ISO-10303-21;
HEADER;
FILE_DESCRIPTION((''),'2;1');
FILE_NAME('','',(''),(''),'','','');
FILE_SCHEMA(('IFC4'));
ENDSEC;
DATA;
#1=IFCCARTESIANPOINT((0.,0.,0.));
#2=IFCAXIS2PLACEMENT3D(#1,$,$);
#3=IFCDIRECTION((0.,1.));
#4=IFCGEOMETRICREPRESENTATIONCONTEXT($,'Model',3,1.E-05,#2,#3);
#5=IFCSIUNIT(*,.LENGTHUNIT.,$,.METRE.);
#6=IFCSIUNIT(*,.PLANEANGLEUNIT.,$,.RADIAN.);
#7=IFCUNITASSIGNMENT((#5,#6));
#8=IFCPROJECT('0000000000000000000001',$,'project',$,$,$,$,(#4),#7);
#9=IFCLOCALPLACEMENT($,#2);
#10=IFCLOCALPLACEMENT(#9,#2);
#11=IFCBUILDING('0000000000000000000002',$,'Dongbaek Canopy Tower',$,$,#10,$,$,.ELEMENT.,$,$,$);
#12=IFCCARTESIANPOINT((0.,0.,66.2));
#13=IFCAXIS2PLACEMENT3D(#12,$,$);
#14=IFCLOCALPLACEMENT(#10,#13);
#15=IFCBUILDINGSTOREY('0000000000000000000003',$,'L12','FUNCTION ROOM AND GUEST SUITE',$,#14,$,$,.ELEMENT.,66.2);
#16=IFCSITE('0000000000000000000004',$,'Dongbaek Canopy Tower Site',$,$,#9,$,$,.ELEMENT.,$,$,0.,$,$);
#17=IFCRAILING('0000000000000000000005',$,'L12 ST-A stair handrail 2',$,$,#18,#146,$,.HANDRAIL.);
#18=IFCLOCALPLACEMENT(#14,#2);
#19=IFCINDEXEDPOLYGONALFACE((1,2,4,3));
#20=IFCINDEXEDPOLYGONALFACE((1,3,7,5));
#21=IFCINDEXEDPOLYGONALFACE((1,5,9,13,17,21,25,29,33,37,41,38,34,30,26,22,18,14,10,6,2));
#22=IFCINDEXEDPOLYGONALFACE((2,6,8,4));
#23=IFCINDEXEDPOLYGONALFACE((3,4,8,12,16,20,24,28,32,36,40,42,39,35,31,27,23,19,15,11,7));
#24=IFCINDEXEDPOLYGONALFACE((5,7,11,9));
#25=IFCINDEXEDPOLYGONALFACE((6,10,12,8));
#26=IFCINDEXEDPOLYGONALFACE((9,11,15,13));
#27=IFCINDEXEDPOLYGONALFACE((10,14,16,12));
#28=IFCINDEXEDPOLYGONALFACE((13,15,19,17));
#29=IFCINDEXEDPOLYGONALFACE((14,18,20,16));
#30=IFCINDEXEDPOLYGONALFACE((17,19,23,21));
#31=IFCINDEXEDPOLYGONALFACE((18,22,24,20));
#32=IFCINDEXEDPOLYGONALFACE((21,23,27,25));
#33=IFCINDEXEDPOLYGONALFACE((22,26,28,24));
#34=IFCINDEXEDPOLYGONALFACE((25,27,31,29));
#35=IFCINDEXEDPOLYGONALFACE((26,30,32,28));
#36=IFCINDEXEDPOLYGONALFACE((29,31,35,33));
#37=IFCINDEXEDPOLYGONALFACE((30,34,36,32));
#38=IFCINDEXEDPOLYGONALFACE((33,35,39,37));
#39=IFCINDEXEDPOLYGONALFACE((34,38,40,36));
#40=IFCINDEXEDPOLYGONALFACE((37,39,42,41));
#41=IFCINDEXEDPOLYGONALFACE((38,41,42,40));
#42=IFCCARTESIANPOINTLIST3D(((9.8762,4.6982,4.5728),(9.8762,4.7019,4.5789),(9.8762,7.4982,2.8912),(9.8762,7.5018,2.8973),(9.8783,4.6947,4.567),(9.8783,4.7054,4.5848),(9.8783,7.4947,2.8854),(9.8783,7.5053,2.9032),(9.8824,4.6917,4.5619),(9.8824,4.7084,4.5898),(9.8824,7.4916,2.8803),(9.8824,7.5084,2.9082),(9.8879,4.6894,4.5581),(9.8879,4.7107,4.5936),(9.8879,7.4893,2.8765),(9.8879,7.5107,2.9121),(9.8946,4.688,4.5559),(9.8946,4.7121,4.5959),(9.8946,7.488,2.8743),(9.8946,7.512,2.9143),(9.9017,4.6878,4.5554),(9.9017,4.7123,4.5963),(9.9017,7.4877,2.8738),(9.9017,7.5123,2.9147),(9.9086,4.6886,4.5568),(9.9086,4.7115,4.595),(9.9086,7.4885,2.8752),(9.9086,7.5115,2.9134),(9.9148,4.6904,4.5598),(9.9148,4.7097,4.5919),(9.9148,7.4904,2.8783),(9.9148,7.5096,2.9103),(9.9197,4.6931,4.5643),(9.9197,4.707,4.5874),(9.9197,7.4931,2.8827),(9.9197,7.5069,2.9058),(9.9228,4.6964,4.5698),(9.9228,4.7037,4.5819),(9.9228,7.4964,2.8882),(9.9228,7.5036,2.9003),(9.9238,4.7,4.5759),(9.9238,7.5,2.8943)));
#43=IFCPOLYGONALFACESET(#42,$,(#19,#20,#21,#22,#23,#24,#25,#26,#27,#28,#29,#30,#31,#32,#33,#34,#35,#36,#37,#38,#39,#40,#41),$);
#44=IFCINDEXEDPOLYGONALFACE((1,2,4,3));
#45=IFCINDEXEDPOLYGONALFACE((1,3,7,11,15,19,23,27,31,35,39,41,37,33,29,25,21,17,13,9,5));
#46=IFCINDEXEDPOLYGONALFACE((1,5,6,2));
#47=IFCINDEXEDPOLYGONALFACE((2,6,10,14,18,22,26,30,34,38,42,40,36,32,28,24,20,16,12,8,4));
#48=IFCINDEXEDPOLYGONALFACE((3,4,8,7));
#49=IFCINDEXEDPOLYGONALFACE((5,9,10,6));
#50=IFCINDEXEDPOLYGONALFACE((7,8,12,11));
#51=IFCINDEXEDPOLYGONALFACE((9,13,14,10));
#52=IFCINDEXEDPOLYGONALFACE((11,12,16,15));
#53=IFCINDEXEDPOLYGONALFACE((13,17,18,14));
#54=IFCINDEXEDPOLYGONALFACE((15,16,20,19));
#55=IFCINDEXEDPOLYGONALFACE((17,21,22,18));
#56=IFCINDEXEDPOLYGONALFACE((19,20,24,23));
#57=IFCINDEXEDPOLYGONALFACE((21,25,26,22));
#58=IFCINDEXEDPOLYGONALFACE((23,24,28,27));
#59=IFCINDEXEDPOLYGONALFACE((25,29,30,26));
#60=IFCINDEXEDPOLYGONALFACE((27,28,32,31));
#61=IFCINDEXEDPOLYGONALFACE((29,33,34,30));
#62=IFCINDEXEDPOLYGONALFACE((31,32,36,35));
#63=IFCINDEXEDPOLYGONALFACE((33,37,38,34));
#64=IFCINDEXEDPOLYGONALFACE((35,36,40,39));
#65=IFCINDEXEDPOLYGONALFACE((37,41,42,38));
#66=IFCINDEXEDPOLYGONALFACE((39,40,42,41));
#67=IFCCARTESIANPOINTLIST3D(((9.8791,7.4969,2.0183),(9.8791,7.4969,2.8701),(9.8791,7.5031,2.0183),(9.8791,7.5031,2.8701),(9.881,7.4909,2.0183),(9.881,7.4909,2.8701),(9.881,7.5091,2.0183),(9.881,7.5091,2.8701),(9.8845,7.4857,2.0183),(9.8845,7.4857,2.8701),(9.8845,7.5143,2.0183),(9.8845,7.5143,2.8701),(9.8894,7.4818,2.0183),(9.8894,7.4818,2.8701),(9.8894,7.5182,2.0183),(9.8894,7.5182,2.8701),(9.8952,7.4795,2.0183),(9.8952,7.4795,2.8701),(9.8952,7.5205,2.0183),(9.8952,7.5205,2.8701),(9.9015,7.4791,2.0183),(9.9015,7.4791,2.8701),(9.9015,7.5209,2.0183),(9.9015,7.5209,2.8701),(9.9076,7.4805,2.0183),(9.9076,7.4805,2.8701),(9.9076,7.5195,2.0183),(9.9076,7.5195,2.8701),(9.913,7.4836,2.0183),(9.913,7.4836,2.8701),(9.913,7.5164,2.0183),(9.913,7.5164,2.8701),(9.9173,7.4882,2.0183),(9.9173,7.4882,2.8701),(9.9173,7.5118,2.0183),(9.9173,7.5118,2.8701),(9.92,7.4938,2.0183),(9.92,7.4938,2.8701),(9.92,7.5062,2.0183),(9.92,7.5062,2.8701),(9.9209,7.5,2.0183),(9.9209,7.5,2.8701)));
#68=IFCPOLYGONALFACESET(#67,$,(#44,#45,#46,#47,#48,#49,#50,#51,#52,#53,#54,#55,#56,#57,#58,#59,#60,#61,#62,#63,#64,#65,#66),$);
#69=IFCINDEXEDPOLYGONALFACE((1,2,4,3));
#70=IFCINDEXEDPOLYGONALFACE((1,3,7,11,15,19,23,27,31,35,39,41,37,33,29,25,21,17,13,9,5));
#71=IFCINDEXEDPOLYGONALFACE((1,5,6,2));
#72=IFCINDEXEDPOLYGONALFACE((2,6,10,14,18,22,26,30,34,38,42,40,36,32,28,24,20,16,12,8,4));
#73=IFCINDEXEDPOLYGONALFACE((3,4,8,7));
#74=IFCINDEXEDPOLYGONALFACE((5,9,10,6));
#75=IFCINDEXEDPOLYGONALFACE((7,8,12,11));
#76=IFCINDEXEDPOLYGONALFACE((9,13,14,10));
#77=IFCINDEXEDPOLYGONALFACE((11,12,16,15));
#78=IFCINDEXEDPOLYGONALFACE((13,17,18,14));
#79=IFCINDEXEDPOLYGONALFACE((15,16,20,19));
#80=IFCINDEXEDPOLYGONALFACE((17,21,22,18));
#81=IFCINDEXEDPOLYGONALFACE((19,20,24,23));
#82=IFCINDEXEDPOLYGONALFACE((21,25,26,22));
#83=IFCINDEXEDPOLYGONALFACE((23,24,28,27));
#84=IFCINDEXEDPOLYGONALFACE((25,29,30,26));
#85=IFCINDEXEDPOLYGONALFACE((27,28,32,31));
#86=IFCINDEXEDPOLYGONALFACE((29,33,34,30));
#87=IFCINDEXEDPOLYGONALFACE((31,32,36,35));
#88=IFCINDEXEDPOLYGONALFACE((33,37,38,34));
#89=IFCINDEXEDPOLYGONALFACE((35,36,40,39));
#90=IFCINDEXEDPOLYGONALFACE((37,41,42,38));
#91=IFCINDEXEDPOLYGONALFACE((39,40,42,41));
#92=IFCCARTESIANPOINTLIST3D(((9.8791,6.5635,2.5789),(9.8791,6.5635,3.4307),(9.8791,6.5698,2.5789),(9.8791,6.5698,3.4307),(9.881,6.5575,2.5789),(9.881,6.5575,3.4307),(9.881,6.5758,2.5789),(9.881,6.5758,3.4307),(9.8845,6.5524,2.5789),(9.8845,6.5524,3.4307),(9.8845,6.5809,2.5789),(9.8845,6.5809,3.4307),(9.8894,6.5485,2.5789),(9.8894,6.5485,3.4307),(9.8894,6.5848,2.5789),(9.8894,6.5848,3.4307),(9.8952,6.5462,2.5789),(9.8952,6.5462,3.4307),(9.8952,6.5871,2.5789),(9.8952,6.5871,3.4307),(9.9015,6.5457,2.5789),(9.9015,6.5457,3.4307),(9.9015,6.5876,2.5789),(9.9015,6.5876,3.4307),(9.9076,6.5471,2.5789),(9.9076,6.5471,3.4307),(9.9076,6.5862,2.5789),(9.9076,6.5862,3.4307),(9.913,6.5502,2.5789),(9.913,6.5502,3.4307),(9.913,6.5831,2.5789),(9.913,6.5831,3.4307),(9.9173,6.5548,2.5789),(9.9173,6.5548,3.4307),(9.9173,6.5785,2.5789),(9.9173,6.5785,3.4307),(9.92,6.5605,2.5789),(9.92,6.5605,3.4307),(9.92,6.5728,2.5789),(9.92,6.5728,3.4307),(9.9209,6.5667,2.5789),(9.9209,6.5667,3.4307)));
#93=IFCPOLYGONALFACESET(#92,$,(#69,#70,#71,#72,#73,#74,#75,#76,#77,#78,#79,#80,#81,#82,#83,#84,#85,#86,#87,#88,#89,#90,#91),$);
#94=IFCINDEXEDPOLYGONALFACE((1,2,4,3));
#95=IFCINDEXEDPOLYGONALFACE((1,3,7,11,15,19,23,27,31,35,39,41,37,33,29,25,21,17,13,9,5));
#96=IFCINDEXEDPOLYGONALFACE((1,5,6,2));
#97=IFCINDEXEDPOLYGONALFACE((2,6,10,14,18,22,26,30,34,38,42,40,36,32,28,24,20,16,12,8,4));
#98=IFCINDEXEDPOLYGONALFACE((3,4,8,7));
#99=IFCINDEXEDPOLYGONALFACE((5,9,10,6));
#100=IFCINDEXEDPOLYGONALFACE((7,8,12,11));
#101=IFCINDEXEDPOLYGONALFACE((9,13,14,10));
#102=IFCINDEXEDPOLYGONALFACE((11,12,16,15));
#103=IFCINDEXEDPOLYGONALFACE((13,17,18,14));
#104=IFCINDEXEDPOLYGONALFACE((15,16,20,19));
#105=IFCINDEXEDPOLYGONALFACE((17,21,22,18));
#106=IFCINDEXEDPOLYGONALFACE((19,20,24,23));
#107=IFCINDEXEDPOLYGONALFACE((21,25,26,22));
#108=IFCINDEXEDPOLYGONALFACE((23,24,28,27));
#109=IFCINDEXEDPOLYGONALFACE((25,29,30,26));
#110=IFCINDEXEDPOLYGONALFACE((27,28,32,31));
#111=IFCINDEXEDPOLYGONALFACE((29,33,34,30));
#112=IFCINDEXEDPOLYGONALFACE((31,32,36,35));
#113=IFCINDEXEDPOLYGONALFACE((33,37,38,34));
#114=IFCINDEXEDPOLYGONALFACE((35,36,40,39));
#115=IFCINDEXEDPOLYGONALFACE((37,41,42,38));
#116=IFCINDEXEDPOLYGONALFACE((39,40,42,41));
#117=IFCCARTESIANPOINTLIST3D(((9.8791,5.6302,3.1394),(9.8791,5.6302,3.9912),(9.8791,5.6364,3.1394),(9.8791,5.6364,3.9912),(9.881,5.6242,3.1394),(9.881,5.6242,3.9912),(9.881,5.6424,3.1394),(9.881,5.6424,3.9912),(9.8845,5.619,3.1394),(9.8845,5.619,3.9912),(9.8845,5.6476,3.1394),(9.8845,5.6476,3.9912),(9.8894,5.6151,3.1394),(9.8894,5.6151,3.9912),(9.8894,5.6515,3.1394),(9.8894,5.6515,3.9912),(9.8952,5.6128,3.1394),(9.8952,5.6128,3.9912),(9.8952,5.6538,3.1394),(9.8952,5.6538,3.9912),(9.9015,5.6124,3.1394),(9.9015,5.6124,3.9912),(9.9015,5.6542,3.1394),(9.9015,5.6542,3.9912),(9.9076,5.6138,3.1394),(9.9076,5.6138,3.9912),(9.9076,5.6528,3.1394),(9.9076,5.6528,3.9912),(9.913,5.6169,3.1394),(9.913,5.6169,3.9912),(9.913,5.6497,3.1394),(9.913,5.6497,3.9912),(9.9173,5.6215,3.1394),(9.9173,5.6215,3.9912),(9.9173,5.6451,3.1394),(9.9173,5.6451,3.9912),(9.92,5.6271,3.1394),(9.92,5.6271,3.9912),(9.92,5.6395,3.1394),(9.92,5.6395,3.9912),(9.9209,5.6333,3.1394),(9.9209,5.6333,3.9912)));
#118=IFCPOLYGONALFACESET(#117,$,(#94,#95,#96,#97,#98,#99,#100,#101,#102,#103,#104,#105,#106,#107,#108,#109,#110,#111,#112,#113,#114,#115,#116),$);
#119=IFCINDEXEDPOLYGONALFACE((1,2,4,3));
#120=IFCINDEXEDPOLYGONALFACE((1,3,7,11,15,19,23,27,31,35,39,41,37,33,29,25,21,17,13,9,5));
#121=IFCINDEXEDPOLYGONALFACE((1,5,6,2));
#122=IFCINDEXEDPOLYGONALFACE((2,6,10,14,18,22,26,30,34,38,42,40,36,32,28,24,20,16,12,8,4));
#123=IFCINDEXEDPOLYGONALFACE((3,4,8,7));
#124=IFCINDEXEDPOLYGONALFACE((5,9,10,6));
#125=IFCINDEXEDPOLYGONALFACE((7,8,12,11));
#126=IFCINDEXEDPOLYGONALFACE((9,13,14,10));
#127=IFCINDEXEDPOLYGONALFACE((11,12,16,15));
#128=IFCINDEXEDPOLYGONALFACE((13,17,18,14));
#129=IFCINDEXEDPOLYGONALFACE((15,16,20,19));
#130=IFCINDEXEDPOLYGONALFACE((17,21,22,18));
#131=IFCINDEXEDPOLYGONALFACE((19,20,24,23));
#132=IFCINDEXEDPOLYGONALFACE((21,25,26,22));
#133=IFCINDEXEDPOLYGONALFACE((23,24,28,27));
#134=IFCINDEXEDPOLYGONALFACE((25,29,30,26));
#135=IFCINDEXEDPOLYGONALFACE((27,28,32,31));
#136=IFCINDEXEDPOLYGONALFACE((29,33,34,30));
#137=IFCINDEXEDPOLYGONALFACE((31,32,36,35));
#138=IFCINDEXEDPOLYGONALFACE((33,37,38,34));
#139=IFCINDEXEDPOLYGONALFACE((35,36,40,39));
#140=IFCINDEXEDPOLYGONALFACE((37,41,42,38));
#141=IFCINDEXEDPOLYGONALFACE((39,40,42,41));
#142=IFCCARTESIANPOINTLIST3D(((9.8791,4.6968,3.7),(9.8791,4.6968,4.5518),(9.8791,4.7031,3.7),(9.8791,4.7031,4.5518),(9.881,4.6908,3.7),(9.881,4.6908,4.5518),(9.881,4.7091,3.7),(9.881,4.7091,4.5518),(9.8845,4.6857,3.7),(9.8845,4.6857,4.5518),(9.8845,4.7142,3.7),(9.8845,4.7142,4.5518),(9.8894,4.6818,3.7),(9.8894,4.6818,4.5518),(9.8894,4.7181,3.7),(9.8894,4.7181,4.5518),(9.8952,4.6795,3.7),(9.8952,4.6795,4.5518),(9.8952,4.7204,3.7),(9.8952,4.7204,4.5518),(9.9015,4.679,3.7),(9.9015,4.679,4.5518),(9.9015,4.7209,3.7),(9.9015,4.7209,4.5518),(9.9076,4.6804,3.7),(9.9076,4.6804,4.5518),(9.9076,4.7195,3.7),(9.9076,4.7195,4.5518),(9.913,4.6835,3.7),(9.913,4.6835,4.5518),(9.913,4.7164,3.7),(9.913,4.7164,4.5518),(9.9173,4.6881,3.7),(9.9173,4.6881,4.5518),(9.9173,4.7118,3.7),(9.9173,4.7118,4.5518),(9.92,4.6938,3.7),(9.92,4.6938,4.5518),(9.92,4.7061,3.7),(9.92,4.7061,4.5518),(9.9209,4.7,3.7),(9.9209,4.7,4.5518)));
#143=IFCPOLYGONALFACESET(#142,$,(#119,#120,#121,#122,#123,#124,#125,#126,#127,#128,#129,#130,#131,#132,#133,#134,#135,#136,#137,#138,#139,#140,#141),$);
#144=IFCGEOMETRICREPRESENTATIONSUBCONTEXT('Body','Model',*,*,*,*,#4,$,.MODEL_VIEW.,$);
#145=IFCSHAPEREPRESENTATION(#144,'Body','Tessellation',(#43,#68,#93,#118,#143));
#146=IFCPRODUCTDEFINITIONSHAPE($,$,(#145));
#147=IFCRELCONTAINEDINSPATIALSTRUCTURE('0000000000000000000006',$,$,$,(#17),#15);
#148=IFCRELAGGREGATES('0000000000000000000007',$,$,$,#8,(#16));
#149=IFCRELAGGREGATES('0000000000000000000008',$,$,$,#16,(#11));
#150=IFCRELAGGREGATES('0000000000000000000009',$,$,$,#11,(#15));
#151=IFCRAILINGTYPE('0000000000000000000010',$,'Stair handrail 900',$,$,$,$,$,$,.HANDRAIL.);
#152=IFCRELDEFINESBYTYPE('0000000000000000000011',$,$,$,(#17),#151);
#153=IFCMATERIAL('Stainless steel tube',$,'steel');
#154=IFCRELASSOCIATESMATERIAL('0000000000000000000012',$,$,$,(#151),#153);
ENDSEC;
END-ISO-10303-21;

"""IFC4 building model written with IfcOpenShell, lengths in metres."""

from ifc_helpers import new_model, si_unit, direction, frame, origin, origin_2d, place, context, subcontext, project, spatial, circle, extrude, material, type_object, element, save


model = new_model("IFC4")

# Units and contexts
model_context = context("Model", 3, precision=1e-05, world=origin(), true_north=direction((0.0, 1.0)))
body_context = subcontext(model_context, "Body", "Model", "MODEL_VIEW")
ifc_project = project(units=[si_unit("LENGTHUNIT", "METRE"), si_unit("PLANEANGLEUNIT", "RADIAN")], contexts=[model_context])

# Site, building, storey
site_placement = place(None, origin())
site = spatial("IfcSite", under=ifc_project, at=site_placement, Name="Dongbaek Canopy Tower Site", CompositionType="ELEMENT", RefElevation=0.0)
building_placement = place(site_placement, origin())
building = spatial("IfcBuilding", under=site, at=building_placement, Name="Dongbaek Canopy Tower", CompositionType="ELEMENT")
storey_placement = place(building_placement, frame((0.0, 0.0, 66.2)))
storey = spatial("IfcBuildingStorey", under=building, at=storey_placement, Name="L12", Description="FUNCTION ROOM AND GUEST SUITE", CompositionType="ELEMENT", Elevation=66.2)

# Railing
ifc_material_1 = material(Name="Stainless steel tube", Category="steel")
railing_type_1 = type_object("IfcRailingType", Name="Stair handrail 900", PredefinedType="HANDRAIL", material=ifc_material_1)
railing_1_placement = place(storey_placement, frame((9.8999, 7.5, 2.0183)))
element("IfcRailing", 1, at=railing_1_placement, inside=storey, type_object=railing_type_1, Name="L12 ST-A stair handrail 2", PredefinedType="HANDRAIL", context=body_context, shape_type="SweptSolid", body=[
    extrude(circle(Radius=0.0239, at=origin_2d()), frame((0.0, 0.0, 0.876), z_axis=(0.0, -0.857275, 0.514858), x_axis=(1.0, 0.0, 0.0)), (0.0, 0.0, 1.0), 3.2661),
    extrude(circle(Radius=0.021, at=origin_2d()), origin(), (0.0, 0.0, 1.0), 0.8518),
    extrude(circle(Radius=0.021, at=origin_2d()), frame((0.0, -0.9333, 0.5605)), (0.0, 0.0, 1.0), 0.8518),
    extrude(circle(Radius=0.021, at=origin_2d()), frame((0.0, -1.8667, 1.1211)), (0.0, 0.0, 1.0), 0.8518),
    extrude(circle(Radius=0.021, at=origin_2d()), frame((0.0, -2.8, 1.6816)), (0.0, 0.0, 1.0), 0.8518),
])

save(model, "model.ifc")
